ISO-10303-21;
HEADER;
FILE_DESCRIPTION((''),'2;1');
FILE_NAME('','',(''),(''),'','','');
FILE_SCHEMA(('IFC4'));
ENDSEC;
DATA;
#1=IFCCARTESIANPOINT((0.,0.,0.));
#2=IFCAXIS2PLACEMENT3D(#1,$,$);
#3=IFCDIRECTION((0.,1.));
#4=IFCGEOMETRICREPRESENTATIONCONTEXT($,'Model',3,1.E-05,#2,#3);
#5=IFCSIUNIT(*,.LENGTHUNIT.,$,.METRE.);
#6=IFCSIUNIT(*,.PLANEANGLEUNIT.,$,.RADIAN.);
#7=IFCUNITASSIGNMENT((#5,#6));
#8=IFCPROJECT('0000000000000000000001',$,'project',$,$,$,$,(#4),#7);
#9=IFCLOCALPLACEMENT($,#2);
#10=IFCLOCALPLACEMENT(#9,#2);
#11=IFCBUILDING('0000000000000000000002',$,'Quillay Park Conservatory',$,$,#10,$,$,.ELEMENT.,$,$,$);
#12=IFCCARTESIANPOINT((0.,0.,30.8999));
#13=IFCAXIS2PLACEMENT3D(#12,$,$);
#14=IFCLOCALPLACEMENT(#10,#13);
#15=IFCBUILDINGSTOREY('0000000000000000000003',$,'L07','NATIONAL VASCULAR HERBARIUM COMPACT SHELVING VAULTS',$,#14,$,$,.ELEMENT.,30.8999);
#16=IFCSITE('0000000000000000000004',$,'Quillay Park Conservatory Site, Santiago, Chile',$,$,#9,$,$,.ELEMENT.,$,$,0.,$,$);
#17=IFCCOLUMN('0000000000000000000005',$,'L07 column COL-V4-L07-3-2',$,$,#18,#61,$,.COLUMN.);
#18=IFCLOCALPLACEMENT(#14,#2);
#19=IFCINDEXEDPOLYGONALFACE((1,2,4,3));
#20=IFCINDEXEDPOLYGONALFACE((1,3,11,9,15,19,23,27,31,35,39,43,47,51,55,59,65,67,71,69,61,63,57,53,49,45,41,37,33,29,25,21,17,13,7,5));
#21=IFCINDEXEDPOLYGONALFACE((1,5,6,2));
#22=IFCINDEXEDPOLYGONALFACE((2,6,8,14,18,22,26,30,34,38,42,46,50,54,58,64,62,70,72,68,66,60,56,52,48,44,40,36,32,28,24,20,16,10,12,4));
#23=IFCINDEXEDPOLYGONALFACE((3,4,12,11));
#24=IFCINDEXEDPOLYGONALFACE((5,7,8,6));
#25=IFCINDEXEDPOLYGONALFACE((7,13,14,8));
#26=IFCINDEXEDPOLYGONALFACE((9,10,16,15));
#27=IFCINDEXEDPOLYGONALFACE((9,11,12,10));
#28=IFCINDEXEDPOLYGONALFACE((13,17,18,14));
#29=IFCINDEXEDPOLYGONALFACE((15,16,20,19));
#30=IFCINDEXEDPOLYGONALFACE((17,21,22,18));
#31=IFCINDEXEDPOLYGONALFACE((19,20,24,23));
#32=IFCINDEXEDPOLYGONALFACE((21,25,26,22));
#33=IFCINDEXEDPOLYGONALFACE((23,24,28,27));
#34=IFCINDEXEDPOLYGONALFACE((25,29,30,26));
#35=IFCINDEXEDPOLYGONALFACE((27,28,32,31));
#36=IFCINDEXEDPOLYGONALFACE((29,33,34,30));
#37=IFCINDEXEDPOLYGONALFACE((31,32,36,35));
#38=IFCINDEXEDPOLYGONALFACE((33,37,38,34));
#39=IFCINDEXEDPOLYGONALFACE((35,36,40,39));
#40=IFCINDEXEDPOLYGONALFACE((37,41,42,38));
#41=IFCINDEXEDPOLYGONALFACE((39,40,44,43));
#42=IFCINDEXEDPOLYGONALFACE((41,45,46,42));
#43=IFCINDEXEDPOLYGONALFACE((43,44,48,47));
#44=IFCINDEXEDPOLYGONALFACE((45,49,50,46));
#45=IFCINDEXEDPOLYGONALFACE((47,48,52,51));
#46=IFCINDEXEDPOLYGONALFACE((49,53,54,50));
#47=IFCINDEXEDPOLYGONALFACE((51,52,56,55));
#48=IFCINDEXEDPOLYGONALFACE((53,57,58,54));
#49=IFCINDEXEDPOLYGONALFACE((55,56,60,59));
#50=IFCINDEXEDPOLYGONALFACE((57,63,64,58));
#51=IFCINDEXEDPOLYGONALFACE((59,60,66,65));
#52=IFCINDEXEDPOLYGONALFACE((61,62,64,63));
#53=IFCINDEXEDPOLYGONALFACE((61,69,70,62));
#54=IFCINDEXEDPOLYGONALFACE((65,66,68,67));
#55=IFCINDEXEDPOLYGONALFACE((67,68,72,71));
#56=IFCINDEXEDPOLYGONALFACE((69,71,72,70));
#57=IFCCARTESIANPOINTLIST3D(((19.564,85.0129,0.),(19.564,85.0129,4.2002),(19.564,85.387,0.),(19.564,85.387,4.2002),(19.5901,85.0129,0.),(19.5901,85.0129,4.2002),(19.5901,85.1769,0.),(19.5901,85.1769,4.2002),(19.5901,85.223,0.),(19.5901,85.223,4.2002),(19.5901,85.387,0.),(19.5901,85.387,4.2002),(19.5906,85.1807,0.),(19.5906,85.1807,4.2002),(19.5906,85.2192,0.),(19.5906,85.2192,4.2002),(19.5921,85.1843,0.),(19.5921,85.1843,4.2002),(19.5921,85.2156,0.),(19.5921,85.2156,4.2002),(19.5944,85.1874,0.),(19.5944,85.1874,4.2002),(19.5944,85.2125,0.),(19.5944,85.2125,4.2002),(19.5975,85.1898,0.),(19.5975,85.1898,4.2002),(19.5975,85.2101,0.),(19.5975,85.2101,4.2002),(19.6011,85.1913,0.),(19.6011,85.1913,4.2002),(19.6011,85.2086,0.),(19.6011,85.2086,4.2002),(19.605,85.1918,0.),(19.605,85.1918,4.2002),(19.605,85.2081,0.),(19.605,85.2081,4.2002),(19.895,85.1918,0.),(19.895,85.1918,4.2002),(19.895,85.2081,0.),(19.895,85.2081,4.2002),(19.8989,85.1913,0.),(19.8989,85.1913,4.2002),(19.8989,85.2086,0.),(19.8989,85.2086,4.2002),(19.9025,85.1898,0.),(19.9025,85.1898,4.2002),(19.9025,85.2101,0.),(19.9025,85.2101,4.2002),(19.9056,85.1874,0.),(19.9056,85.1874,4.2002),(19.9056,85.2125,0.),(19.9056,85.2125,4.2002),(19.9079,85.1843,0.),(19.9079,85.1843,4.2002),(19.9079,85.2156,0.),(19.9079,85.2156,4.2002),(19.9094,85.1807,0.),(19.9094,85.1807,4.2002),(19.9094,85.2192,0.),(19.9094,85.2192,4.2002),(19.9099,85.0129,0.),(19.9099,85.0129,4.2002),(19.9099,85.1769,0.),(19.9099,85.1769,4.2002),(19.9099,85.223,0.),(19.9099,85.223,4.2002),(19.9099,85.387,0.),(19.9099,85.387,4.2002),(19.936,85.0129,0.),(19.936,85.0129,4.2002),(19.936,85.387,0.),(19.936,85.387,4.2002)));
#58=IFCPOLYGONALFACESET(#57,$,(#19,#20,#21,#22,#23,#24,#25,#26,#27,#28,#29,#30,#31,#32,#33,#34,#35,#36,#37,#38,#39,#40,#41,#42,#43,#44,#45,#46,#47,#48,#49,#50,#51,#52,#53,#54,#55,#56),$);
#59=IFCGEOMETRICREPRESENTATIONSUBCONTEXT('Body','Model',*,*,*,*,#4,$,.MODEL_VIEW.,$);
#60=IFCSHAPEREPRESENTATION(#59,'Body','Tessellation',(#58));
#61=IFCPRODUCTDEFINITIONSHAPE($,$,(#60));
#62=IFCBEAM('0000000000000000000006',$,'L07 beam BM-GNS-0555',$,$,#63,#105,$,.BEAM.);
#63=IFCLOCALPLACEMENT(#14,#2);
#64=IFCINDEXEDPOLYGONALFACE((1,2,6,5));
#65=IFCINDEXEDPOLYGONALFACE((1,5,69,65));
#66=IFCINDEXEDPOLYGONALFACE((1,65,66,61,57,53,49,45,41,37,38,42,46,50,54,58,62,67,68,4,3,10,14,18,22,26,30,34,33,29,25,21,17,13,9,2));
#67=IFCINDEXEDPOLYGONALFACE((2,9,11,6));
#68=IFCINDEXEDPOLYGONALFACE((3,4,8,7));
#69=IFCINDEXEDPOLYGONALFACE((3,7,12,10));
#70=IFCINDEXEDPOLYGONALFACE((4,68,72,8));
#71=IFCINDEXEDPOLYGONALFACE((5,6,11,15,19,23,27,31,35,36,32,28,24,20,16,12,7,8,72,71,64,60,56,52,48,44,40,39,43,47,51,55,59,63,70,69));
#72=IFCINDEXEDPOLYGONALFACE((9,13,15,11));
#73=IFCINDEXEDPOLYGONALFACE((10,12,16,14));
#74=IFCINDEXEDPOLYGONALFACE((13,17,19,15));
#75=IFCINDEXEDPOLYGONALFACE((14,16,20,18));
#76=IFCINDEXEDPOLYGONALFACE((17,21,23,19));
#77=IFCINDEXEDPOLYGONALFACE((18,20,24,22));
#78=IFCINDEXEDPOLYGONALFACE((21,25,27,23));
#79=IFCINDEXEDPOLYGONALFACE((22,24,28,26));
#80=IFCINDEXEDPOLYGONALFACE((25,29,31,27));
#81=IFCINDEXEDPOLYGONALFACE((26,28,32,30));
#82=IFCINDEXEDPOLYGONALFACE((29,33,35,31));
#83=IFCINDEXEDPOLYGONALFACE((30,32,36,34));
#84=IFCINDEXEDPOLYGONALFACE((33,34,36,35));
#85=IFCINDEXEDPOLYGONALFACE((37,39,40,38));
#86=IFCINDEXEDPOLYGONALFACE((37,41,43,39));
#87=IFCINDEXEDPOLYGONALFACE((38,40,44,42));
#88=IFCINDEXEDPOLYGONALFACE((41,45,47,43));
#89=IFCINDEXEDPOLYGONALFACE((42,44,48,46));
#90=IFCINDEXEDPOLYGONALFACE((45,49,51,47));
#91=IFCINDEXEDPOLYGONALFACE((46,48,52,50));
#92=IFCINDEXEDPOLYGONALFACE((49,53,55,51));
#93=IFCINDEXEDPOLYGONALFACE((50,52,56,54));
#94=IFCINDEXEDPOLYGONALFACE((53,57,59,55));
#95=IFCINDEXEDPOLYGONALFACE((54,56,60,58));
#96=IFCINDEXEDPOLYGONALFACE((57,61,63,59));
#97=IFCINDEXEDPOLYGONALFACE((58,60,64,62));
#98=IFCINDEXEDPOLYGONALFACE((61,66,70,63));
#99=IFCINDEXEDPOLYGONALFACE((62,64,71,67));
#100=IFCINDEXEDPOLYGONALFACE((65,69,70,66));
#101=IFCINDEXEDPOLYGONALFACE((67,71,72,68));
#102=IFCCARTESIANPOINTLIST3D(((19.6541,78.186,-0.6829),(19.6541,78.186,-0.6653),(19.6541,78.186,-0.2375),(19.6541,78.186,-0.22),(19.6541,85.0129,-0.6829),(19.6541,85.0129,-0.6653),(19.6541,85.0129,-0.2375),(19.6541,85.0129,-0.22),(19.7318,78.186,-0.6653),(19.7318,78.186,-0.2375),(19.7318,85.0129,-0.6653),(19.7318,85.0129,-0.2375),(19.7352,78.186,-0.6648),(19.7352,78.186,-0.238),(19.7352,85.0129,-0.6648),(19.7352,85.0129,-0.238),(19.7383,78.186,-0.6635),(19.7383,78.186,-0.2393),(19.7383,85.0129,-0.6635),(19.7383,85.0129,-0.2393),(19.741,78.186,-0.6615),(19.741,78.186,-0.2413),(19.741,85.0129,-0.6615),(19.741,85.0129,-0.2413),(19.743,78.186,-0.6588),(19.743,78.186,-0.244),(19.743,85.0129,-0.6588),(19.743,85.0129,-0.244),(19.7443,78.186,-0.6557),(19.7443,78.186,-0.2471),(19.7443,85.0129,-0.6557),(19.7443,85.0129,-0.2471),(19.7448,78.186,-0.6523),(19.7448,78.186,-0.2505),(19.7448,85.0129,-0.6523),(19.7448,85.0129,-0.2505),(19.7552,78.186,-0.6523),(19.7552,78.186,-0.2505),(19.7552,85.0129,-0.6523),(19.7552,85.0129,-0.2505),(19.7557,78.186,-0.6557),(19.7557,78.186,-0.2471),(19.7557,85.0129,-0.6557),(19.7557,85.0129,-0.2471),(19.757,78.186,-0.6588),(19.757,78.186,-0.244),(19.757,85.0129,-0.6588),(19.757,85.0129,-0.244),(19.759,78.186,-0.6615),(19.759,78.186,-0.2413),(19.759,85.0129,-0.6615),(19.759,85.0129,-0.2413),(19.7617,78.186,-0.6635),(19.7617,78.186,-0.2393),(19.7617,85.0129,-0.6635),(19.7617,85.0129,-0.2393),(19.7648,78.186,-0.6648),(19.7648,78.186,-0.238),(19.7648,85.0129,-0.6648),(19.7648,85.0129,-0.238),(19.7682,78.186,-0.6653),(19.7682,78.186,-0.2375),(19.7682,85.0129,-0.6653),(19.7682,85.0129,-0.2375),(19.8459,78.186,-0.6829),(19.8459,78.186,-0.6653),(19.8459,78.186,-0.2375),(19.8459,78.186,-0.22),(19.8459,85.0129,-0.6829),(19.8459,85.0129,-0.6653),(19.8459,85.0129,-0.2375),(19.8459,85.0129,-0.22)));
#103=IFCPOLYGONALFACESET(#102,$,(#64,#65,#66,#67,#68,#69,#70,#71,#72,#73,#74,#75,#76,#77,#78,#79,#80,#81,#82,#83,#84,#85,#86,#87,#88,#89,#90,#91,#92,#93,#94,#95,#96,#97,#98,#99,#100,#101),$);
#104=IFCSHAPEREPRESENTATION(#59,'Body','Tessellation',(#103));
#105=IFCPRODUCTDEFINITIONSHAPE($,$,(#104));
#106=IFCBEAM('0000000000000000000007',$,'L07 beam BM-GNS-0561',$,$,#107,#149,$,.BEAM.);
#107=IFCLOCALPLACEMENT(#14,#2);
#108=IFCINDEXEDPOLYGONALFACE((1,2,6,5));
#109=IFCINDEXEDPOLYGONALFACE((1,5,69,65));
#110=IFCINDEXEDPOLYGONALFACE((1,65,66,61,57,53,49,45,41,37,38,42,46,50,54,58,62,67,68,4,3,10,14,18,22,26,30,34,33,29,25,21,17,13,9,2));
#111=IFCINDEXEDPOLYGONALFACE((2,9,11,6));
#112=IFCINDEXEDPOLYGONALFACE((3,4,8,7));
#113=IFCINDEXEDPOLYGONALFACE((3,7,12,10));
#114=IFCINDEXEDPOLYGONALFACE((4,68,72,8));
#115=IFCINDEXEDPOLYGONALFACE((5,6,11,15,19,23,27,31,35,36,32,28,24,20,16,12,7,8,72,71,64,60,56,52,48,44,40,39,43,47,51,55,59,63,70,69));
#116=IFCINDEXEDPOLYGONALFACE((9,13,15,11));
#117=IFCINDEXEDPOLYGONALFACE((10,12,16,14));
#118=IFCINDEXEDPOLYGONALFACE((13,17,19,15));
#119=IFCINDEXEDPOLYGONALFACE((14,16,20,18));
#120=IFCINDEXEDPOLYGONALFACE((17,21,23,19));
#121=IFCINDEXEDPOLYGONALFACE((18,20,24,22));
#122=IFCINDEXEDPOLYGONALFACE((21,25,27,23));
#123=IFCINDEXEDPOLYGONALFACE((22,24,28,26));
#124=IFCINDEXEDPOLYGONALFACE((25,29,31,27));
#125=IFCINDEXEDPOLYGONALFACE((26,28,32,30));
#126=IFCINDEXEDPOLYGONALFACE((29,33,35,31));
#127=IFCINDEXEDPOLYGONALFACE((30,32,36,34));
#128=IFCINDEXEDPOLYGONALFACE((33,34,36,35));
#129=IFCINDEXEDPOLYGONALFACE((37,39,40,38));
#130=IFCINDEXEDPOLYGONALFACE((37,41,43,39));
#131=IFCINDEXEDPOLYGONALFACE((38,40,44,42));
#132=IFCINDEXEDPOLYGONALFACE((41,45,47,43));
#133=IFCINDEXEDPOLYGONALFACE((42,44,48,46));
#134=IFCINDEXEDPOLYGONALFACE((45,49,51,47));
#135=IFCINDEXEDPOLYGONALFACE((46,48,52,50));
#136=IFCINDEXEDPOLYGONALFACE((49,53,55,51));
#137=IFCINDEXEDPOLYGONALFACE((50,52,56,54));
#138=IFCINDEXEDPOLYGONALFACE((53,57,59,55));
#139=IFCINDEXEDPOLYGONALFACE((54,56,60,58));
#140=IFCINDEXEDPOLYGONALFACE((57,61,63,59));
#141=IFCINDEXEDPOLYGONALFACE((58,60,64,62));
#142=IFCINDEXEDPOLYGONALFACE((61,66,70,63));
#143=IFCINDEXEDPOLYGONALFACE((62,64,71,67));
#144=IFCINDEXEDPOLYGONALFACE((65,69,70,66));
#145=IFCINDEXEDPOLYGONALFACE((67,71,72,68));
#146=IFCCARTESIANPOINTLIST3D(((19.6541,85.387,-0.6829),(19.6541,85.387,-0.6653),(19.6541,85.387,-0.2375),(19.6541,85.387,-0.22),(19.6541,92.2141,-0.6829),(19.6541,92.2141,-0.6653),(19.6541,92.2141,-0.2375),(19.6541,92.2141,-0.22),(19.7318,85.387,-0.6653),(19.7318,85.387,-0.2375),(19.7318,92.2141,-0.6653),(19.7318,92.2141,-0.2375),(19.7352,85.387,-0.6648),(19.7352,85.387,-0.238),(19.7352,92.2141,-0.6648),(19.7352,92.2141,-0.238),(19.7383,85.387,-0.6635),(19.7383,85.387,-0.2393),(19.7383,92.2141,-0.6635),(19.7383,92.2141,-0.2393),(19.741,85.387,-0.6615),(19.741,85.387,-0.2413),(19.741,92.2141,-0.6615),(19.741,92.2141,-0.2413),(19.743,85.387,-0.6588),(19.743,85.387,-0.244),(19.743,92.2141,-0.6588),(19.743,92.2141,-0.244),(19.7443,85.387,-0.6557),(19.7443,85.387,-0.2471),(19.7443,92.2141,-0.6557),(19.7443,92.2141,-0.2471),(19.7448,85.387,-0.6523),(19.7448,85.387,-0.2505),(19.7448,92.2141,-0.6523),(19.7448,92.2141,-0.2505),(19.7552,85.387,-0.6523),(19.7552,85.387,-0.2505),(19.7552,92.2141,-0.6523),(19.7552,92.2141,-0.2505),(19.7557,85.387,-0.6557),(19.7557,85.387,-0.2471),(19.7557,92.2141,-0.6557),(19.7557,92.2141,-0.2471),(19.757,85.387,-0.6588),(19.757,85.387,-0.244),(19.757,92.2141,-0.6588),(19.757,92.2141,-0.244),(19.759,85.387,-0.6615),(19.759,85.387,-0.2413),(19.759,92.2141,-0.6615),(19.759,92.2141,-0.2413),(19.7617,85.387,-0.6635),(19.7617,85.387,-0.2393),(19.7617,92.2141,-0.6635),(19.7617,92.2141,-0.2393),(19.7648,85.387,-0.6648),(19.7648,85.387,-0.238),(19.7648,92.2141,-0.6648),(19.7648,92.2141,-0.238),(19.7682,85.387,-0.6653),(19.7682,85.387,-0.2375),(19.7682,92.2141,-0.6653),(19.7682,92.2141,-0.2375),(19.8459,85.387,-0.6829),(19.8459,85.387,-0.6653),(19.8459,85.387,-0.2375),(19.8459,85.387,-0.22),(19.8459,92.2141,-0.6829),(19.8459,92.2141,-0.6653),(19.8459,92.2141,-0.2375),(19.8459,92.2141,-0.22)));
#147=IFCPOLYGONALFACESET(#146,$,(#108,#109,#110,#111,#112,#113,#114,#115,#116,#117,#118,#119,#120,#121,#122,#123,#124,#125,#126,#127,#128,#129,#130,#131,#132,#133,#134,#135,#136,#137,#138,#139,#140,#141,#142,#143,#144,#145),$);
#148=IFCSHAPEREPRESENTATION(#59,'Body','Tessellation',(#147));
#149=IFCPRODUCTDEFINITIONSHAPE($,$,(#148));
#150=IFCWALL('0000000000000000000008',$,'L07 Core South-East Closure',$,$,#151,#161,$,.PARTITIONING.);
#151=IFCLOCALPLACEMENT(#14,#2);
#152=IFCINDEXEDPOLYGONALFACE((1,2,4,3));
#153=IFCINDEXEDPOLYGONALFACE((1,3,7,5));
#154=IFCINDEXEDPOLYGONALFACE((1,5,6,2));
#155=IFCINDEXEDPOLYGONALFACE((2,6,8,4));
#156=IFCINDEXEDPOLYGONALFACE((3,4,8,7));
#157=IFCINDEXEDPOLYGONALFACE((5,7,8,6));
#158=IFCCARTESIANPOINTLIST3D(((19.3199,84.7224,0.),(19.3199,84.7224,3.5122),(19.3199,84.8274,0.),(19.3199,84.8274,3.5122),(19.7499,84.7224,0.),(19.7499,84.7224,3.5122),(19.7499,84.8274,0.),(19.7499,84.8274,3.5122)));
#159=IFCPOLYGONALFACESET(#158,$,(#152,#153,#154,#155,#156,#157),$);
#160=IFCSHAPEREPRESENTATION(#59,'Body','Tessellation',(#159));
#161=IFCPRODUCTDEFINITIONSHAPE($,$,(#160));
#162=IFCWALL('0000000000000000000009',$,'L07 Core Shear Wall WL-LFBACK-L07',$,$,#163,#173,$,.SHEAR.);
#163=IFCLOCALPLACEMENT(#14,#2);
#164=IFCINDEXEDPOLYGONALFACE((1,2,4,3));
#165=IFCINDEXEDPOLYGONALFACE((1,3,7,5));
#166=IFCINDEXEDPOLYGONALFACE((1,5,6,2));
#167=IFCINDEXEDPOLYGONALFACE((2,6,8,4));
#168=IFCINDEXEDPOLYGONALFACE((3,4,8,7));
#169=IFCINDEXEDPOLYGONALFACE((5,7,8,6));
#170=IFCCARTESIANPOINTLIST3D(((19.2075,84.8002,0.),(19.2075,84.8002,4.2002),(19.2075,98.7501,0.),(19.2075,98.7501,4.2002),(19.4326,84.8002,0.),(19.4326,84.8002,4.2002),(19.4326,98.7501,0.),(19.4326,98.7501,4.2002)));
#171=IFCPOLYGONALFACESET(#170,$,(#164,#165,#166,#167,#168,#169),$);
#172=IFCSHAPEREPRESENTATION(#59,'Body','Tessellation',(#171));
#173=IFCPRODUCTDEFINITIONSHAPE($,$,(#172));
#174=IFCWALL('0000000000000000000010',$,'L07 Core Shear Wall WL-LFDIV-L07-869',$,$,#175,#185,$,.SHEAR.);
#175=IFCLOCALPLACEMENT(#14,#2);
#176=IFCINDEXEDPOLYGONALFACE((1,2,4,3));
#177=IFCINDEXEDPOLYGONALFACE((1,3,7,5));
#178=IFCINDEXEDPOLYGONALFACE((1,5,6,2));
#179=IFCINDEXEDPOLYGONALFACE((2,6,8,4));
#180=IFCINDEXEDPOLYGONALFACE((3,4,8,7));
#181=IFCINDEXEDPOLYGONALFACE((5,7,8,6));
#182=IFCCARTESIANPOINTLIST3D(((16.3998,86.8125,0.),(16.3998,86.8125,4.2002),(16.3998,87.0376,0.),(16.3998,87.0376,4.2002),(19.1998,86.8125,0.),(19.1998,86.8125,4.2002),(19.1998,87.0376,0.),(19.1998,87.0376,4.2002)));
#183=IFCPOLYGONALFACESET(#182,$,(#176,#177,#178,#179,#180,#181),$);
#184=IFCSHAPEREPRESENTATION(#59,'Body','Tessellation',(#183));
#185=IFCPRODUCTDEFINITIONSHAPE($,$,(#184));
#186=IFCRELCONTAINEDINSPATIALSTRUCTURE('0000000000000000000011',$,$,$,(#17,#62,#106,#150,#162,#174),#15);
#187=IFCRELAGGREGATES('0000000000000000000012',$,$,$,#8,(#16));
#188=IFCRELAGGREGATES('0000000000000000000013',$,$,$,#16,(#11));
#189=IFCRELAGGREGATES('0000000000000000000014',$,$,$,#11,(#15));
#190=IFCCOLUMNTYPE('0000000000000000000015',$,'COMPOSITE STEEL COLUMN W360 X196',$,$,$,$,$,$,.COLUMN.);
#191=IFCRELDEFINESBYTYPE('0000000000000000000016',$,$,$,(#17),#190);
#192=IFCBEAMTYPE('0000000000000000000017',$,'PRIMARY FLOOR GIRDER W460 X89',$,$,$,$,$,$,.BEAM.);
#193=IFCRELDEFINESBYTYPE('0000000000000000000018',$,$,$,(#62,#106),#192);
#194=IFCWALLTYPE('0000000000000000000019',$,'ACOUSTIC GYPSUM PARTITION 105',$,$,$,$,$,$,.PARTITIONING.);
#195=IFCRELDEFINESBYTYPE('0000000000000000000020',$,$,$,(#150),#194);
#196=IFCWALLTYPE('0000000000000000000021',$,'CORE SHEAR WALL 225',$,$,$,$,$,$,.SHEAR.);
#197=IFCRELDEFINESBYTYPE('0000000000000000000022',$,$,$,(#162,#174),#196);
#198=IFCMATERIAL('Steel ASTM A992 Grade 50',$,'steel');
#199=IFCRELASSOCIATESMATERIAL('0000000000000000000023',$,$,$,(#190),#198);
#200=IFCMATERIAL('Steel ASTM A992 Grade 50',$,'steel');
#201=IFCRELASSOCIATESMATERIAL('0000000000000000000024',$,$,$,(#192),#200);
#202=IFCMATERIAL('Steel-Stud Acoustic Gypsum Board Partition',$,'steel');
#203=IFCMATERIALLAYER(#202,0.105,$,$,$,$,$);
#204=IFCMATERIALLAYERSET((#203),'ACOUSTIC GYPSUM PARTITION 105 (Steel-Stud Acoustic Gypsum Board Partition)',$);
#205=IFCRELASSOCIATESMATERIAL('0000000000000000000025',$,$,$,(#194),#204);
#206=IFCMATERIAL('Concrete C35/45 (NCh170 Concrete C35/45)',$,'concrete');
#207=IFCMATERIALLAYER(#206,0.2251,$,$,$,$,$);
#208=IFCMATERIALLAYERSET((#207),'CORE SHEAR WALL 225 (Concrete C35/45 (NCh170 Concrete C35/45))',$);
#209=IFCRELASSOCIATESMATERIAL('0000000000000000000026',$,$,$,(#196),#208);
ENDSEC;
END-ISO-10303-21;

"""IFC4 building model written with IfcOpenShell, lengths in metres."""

from ifc_helpers import new_model, si_unit, direction, frame, frame_2d, origin, origin_2d, place, context, subcontext, project, spatial, rectangle, i_section, extrude, material, layer, layer_set, material_profile, profile_set, type_object, element, save


model = new_model("IFC4")

# Units and contexts
model_context = context("Model", 3, precision=1e-05, world=origin(), true_north=direction((0.0, 1.0)))
body_context = subcontext(model_context, "Body", "Model", "MODEL_VIEW")
ifc_project = project(units=[si_unit("LENGTHUNIT", "METRE"), si_unit("PLANEANGLEUNIT", "RADIAN")], contexts=[model_context])

# Site, building, storey
site_placement = place(None, origin())
site = spatial("IfcSite", under=ifc_project, at=site_placement, Name="Quillay Park Conservatory Site, Santiago, Chile", CompositionType="ELEMENT", RefElevation=0.0)
building_placement = place(site_placement, origin())
building = spatial("IfcBuilding", under=site, at=building_placement, Name="Quillay Park Conservatory", CompositionType="ELEMENT")
storey_placement = place(building_placement, frame((0.0, 0.0, 30.8999)))
storey = spatial("IfcBuildingStorey", under=building, at=storey_placement, Name="L07", Description="NATIONAL VASCULAR HERBARIUM COMPACT SHELVING VAULTS", CompositionType="ELEMENT", Elevation=30.8999)

# Column
ifc_material_1 = material(Name="Steel ASTM A992 Grade 50", Category="steel")
ifc_material_profile_1 = material_profile(ifc_material_1, i_section(OverallWidth=0.374, OverallDepth=0.3721, WebThickness=0.0164, FlangeThickness=0.0261, FilletRadius=0.0149, at=origin_2d()), Name="W360x196")
ifc_profile_set_1 = profile_set([ifc_material_profile_1], Name="Steel ASTM A992 Grade 50")
column_type = type_object("IfcColumnType", Name="COMPOSITE STEEL COLUMN W360 X196", PredefinedType="COLUMN", material=ifc_profile_set_1)
column_placement = place(storey_placement, frame((19.75, 85.2, 0.0), z_axis=(0.0, 0.0, 1.0), x_axis=(0.0, 1.0, 0.0)))
element("IfcColumn", 1, at=column_placement, inside=storey, type_object=column_type, Name="L07 column COL-V4-L07-3-2", PredefinedType="COLUMN", context=body_context, shape_type="SweptSolid", body=[
    extrude(i_section(OverallWidth=0.374, OverallDepth=0.3721, WebThickness=0.0164, FlangeThickness=0.0261, FilletRadius=0.0149, at=origin_2d()), origin(), (0.0, 0.0, 1.0), 4.2002),
])

# Beams
ifc_material_2 = material(Name="Steel ASTM A992 Grade 50", Category="steel")
ifc_material_profile_2 = material_profile(ifc_material_2, i_section(OverallWidth=0.1919, OverallDepth=0.4629, WebThickness=0.0105, FlangeThickness=0.0176, FilletRadius=0.0129, at=origin_2d()), Name="W460x89")
ifc_profile_set_2 = profile_set([ifc_material_profile_2], Name="Steel ASTM A992 Grade 50")
beam_type = type_object("IfcBeamType", Name="PRIMARY FLOOR GIRDER W460 X89", PredefinedType="BEAM", material=ifc_profile_set_2)
beam_1_placement = place(storey_placement, frame((19.75, 78.186, -0.4514), z_axis=(0.0, 1.0, 0.0), x_axis=(-1.0, 0.0, 0.0)))
element("IfcBeam", 2, at=beam_1_placement, inside=storey, type_object=beam_type, Name="L07 beam BM-GNS-0555", PredefinedType="BEAM", context=body_context, shape_type="SweptSolid", body=[
    extrude(i_section(OverallWidth=0.1919, OverallDepth=0.4629, WebThickness=0.0105, FlangeThickness=0.0176, FilletRadius=0.0129, at=origin_2d()), origin(), (0.0, 0.0, 1.0), 6.8269),
])
beam_2_placement = place(storey_placement, frame((19.75, 85.387, -0.4514), z_axis=(0.0, 1.0, 0.0), x_axis=(-1.0, 0.0, 0.0)))
element("IfcBeam", 3, at=beam_2_placement, inside=storey, type_object=beam_type, Name="L07 beam BM-GNS-0561", PredefinedType="BEAM", context=body_context, shape_type="SweptSolid", body=[
    extrude(i_section(OverallWidth=0.1919, OverallDepth=0.4629, WebThickness=0.0105, FlangeThickness=0.0176, FilletRadius=0.0129, at=origin_2d()), origin(), (0.0, 0.0, 1.0), 6.8271),
])

# Walls
ifc_material_3 = material(Name="Steel-Stud Acoustic Gypsum Board Partition", Category="steel")
ifc_layer_1 = layer(ifc_material_3, 0.105)
ifc_layer_set_1 = layer_set([ifc_layer_1], Name="ACOUSTIC GYPSUM PARTITION 105 (Steel-Stud Acoustic Gypsum Board Partition)")
wall_type_1 = type_object("IfcWallType", Name="ACOUSTIC GYPSUM PARTITION 105", PredefinedType="PARTITIONING", material=ifc_layer_set_1)
wall_1_placement = place(storey_placement, frame((19.3201, 84.7749, 0.0), z_axis=(0.0, 0.0, 1.0), x_axis=(1.0, 0.0, 0.0)))
element("IfcWall", 4, at=wall_1_placement, inside=storey, type_object=wall_type_1, Name="L07 Core South-East Closure", PredefinedType="PARTITIONING", context=body_context, shape_type="SweptSolid", body=[
    extrude(rectangle(XDim=0.4299, YDim=0.105, at=frame_2d((0.2148, 0.0))), origin(), (0.0, 0.0, 1.0), 3.5122),
])
ifc_material_4 = material(Name="Concrete C35/45 (NCh170 Concrete C35/45)", Category="concrete")
ifc_layer_2 = layer(ifc_material_4, 0.2251)
ifc_layer_set_2 = layer_set([ifc_layer_2], Name="CORE SHEAR WALL 225 (Concrete C35/45 (NCh170 Concrete C35/45))")
wall_type_2 = type_object("IfcWallType", Name="CORE SHEAR WALL 225", PredefinedType="SHEAR", material=ifc_layer_set_2)
wall_2_placement = place(storey_placement, frame((19.3201, 84.8, 0.0), z_axis=(0.0, 0.0, 1.0), x_axis=(0.0, 1.0, 0.0)))
element("IfcWall", 5, at=wall_2_placement, inside=storey, type_object=wall_type_2, Name="L07 Core Shear Wall WL-LFBACK-L07", PredefinedType="SHEAR", context=body_context, shape_type="SweptSolid", body=[
    extrude(rectangle(XDim=13.95, YDim=0.2251, at=frame_2d((6.9751, 0.0))), origin(), (0.0, 0.0, 1.0), 4.2002),
])
for number, where, z_axis, x_axis, name in (
    (6, (16.3999, 86.925, 0.0), (0.0, 0.0, 1.0), (1.0, 0.0, 0.0), "L07 Core Shear Wall WL-LFDIV-L07-869"),
):
    element("IfcWall", number, at=place(storey_placement, frame(where, z_axis=z_axis, x_axis=x_axis)), inside=storey, type_object=wall_type_2, Name=name, PredefinedType="SHEAR", context=body_context, shape_type="SweptSolid", body=[
        extrude(rectangle(XDim=2.8, YDim=0.2251, at=frame_2d((1.3999, 0.0))), origin(), (0.0, 0.0, 1.0), 4.2002),
    ])

save(model, "model.ifc")
